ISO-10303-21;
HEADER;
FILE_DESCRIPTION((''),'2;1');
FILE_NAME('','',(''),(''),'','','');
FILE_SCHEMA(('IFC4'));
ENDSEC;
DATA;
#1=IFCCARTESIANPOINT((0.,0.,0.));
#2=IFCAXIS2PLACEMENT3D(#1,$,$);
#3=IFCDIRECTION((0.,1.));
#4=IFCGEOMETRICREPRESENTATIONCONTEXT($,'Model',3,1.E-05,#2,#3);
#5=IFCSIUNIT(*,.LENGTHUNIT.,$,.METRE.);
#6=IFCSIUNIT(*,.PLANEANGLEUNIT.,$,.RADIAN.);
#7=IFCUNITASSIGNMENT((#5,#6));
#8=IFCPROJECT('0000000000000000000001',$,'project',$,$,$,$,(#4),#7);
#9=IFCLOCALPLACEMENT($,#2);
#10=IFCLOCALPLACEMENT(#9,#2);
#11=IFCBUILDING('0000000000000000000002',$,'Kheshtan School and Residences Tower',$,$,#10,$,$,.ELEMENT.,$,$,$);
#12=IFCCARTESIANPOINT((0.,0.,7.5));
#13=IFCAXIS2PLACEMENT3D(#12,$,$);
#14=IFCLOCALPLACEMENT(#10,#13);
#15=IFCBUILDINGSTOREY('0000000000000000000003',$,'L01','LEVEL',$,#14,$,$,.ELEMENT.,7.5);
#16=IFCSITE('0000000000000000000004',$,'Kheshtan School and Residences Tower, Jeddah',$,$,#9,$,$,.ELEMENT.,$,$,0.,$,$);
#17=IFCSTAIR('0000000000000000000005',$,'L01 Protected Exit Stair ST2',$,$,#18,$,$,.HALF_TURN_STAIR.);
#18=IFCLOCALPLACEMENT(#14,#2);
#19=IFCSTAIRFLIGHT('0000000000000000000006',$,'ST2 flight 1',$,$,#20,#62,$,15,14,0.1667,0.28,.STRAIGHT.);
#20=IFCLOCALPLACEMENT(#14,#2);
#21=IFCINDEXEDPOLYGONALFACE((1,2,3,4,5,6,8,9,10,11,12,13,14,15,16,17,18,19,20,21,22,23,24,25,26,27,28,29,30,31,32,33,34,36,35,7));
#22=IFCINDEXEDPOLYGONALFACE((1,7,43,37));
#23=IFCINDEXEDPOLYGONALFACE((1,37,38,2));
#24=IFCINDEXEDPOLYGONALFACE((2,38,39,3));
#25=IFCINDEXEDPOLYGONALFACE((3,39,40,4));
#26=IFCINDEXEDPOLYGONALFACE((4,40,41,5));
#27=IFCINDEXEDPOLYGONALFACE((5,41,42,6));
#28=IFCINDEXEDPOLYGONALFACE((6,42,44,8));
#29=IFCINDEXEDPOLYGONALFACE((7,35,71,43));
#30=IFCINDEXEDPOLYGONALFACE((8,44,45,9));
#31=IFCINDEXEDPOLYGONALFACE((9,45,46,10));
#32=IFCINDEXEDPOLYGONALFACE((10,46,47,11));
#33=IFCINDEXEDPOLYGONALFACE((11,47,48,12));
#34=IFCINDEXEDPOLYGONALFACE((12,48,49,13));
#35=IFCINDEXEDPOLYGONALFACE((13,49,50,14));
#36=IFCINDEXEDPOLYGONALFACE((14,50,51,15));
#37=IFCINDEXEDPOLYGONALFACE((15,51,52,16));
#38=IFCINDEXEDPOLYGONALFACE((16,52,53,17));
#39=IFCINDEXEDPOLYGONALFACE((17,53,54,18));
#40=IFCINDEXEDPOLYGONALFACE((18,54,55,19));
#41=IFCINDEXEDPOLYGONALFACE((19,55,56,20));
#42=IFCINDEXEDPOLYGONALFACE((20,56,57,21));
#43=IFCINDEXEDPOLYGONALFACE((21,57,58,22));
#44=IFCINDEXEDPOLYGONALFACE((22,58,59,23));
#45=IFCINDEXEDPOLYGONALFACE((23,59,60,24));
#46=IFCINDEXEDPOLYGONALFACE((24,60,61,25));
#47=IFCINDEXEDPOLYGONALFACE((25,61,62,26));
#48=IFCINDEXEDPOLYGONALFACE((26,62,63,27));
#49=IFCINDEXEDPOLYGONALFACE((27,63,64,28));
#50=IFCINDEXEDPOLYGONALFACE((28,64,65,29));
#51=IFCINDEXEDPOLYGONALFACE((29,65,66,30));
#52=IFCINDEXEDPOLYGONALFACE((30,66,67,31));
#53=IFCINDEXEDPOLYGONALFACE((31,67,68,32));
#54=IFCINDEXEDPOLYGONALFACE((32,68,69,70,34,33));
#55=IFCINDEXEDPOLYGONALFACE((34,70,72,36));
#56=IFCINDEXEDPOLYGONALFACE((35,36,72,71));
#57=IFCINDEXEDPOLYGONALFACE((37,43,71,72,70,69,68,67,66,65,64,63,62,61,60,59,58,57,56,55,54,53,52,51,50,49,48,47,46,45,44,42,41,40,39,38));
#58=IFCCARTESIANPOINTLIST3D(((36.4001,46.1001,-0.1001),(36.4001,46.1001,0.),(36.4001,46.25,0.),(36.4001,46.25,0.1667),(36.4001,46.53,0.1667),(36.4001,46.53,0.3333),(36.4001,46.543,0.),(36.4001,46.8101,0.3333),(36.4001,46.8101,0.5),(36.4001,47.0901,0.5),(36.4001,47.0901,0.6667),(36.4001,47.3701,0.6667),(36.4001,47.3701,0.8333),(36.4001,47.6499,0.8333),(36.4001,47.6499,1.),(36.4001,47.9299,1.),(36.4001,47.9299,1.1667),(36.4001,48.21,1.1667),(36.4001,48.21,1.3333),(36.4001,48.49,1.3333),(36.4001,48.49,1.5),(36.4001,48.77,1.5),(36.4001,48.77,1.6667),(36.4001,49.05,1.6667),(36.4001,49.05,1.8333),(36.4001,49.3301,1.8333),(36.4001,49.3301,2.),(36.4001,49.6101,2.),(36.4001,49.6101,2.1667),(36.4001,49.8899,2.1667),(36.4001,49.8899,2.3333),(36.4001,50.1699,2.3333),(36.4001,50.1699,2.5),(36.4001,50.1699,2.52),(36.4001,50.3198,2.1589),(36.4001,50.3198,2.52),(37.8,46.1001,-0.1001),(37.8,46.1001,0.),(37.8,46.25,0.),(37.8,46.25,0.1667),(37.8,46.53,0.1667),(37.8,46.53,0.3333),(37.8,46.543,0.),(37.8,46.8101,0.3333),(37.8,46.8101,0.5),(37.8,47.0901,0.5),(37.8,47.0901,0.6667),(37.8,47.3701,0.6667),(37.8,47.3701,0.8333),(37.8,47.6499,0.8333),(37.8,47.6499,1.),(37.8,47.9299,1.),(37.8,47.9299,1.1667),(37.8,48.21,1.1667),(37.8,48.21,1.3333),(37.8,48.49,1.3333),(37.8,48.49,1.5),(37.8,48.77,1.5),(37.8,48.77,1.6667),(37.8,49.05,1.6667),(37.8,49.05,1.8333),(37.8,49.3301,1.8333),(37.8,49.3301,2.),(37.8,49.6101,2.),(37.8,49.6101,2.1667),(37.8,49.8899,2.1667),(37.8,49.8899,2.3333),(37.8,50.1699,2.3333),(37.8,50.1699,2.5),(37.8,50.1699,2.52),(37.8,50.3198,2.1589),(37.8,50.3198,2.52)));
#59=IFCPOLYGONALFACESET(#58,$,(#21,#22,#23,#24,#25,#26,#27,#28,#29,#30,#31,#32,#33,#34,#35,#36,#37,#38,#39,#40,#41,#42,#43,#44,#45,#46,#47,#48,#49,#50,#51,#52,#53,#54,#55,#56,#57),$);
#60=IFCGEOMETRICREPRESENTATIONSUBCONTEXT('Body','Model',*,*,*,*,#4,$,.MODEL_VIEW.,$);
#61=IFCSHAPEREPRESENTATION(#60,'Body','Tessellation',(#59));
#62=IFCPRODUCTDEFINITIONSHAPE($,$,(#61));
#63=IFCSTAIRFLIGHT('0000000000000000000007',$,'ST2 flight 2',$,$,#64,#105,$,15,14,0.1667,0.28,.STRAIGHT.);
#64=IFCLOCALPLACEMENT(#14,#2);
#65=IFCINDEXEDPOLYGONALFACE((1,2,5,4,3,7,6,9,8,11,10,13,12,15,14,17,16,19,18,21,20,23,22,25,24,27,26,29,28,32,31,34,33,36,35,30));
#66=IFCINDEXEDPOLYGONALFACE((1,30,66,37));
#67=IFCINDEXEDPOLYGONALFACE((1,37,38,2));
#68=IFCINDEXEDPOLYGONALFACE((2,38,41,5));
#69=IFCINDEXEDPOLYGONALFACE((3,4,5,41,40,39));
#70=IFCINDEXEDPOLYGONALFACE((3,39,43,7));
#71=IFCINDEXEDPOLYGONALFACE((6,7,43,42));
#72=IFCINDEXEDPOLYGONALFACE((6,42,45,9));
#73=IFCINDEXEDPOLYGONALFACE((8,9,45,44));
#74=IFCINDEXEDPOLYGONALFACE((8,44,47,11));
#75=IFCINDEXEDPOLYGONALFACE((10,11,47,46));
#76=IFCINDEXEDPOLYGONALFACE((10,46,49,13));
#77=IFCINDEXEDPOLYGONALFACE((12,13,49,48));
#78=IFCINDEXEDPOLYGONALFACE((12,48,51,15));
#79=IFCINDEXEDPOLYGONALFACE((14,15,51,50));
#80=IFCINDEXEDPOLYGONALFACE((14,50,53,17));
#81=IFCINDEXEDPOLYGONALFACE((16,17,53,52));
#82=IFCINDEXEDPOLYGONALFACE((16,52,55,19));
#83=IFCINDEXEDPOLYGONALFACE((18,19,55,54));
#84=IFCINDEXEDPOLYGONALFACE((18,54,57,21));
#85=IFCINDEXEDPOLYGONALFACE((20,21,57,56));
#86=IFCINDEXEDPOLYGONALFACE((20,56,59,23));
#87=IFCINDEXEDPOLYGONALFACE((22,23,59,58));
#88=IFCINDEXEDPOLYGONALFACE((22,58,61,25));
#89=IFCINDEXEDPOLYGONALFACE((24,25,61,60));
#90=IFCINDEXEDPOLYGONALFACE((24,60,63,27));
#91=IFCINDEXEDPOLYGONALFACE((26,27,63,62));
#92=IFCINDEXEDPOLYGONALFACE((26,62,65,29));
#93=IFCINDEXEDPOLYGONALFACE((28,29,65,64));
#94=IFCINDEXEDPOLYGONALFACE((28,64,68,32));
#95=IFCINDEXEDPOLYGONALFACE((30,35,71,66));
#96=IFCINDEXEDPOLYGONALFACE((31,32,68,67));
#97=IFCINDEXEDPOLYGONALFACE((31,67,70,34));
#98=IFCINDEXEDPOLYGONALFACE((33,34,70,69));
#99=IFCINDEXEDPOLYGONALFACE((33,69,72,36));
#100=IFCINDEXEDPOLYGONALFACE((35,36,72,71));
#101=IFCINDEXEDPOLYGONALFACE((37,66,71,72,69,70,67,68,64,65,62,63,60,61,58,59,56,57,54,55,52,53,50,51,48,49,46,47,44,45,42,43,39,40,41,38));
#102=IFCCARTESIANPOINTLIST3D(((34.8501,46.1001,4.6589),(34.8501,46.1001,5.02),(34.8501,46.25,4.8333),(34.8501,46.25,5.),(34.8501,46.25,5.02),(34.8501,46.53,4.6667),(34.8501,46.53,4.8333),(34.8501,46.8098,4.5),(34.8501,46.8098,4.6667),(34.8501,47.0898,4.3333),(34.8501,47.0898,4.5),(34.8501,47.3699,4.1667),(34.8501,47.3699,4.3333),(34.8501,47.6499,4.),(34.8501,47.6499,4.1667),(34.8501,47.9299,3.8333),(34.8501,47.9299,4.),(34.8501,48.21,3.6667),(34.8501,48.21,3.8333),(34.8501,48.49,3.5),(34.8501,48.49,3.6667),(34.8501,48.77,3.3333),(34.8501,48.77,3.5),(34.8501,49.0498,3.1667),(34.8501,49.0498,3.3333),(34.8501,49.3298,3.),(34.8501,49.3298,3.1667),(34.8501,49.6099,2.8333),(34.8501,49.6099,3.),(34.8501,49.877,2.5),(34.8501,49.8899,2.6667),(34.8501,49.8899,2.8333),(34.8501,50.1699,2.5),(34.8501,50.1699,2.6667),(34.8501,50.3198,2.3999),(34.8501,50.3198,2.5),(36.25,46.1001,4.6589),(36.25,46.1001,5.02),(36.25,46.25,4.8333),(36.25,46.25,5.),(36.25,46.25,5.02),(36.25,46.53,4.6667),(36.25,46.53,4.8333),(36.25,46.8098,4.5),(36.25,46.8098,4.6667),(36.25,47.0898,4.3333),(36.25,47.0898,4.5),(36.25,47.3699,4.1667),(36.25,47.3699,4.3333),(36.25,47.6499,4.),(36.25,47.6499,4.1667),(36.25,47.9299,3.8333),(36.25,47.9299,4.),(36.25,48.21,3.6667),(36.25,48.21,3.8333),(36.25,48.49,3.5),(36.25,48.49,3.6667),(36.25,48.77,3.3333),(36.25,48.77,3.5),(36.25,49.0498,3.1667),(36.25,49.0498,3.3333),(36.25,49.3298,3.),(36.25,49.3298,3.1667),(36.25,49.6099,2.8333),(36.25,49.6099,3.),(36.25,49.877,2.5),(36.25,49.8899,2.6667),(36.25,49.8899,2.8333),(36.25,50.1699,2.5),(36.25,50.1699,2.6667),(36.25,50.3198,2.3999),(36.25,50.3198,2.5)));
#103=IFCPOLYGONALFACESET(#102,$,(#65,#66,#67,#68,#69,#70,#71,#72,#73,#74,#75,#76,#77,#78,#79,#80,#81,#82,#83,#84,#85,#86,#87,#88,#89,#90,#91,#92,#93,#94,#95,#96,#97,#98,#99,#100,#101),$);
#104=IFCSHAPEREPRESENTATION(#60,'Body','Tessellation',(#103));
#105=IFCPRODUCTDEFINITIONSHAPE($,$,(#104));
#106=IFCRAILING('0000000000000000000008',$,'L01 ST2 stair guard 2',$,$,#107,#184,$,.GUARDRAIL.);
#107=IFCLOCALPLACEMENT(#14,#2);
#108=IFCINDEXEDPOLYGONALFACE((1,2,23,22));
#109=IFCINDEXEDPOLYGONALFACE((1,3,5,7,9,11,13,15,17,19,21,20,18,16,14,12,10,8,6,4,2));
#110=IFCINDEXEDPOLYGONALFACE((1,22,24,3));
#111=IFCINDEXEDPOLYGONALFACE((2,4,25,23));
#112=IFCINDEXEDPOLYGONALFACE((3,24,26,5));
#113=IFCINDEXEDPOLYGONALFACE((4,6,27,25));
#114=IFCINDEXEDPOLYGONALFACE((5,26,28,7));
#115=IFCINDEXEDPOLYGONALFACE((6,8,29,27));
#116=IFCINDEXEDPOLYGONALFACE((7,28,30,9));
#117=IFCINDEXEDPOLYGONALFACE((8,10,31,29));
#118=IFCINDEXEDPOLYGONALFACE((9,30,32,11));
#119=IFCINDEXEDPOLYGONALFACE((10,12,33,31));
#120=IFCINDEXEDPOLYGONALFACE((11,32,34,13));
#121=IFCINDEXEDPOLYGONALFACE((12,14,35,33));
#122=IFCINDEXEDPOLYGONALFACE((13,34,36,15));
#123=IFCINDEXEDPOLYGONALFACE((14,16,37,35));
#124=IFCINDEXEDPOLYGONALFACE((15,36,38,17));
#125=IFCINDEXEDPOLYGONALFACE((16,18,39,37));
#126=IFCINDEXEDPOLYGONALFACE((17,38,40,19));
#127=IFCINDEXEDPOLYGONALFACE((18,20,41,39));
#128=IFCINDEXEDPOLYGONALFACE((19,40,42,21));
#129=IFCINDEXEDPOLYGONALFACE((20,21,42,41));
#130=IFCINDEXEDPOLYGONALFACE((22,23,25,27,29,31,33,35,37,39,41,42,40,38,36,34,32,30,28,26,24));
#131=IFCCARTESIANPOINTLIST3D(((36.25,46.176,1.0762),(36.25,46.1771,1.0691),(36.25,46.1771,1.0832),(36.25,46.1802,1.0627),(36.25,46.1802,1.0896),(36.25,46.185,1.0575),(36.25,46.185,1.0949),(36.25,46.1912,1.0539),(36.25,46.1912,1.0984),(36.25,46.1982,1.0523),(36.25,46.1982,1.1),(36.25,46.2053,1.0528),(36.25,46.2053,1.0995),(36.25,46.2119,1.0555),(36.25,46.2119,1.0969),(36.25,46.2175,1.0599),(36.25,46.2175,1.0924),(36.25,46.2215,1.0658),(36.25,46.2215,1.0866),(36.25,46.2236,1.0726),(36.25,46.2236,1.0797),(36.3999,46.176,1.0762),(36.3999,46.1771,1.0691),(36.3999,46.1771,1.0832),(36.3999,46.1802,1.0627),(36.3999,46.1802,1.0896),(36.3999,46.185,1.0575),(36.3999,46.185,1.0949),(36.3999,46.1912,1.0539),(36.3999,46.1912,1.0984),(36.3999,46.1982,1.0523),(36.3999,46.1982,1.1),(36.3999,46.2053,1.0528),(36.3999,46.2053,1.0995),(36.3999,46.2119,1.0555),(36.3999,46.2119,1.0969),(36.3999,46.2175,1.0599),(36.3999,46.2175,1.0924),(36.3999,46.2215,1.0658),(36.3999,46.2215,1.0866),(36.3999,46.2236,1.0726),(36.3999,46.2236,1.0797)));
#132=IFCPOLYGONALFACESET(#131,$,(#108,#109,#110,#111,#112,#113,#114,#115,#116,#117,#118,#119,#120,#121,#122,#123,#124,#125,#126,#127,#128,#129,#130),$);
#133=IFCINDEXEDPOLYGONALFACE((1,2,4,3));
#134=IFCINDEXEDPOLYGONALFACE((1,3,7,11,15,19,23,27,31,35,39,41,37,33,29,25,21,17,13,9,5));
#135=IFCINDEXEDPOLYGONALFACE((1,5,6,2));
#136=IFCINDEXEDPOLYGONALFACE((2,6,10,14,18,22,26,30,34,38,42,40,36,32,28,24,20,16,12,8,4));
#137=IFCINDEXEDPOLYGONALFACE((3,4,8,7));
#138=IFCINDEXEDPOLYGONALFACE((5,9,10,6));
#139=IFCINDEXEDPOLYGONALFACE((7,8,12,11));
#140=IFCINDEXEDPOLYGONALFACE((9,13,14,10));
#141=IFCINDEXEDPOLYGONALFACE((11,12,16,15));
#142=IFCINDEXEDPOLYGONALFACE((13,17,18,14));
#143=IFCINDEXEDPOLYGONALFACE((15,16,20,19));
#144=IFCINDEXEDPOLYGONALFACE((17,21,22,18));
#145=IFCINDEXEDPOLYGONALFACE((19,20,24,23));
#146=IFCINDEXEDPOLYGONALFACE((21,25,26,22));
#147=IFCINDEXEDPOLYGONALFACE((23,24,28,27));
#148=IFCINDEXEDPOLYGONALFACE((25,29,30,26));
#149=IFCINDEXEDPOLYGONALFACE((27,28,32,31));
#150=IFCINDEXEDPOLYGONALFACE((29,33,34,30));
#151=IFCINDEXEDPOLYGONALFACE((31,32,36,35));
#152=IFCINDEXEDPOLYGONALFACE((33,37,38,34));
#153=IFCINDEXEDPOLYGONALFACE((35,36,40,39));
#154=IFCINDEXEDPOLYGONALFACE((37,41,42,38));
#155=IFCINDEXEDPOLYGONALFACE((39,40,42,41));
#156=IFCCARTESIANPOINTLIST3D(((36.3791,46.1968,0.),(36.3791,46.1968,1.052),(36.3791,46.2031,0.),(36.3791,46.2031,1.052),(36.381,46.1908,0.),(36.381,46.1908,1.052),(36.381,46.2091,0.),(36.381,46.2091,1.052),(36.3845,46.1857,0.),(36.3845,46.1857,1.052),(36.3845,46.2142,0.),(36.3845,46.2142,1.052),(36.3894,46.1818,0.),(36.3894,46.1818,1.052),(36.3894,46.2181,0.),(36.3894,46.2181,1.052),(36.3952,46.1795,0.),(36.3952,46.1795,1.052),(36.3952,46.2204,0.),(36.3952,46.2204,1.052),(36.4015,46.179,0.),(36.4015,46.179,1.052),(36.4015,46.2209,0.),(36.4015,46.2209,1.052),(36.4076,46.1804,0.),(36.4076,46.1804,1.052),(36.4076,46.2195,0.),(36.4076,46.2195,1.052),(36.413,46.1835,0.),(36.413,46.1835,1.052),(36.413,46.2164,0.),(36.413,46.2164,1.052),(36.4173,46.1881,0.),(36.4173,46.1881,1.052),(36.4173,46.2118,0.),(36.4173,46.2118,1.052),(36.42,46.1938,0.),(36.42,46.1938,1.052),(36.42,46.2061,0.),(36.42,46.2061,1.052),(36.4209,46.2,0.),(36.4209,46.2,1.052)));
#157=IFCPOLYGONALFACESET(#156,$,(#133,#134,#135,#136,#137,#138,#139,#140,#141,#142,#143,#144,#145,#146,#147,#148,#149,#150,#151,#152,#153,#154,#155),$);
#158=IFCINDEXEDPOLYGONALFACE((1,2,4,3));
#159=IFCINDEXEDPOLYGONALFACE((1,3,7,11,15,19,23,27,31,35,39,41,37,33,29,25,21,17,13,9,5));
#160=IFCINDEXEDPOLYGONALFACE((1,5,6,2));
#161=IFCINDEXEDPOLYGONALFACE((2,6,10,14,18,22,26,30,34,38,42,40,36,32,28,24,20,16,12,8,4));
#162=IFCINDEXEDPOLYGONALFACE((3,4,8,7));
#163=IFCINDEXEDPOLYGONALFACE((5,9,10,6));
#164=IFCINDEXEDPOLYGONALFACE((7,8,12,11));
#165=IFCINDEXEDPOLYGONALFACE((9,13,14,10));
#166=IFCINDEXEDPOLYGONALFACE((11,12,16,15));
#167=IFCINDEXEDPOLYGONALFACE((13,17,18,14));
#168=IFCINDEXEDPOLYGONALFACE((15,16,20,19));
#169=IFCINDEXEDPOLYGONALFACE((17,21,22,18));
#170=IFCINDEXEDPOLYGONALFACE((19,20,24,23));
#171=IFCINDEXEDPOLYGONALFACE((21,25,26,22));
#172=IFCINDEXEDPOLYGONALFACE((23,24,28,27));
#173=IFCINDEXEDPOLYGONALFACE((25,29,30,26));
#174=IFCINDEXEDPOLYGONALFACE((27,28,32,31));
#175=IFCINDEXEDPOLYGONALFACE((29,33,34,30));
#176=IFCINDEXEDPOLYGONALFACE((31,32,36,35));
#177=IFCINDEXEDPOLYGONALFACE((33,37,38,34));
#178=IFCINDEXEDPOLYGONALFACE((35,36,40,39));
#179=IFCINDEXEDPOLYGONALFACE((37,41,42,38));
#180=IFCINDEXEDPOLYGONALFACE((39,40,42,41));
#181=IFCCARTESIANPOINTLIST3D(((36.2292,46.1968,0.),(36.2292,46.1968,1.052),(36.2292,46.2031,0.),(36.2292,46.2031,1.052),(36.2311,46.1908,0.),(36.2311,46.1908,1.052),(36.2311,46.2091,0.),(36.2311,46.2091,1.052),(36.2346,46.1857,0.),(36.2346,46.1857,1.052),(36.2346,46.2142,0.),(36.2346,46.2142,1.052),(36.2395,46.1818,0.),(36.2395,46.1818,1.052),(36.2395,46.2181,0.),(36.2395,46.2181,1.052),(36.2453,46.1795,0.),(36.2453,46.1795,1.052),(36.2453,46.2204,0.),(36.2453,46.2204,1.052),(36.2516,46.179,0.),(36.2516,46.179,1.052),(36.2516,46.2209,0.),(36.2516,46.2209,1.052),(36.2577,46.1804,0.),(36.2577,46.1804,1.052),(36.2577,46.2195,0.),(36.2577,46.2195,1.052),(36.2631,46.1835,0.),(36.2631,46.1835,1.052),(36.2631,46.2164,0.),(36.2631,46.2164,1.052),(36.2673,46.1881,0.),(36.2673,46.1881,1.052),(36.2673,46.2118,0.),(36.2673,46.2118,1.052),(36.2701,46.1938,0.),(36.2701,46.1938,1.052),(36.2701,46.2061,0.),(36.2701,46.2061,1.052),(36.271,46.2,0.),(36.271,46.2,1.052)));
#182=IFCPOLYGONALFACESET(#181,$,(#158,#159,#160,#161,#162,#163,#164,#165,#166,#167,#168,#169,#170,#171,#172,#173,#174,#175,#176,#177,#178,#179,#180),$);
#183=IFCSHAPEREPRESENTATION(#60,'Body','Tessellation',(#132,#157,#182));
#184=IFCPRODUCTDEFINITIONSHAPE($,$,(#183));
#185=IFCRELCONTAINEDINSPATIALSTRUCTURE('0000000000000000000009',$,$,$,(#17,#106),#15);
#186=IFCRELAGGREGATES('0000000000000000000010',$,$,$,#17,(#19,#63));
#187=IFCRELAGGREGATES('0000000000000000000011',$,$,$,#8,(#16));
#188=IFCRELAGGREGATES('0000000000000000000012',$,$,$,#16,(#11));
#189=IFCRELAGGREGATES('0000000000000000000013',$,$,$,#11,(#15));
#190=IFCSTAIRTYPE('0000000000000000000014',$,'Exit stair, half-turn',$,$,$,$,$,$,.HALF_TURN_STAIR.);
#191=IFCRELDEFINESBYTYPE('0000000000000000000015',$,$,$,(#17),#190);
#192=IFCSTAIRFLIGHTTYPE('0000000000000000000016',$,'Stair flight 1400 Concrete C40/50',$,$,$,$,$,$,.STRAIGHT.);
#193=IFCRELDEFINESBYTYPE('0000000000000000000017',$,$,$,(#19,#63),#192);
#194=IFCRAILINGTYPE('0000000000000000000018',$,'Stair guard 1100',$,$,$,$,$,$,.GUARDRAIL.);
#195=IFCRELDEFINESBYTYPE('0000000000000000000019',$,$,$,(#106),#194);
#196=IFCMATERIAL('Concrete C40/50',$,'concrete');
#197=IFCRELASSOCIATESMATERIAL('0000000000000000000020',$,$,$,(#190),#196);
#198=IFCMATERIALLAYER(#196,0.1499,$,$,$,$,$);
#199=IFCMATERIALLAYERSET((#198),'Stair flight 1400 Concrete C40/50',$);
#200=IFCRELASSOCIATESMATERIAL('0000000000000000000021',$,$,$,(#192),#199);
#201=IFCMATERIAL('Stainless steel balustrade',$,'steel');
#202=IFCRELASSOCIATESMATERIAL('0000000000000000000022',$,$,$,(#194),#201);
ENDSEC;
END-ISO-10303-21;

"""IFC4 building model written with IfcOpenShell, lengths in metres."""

from ifc_helpers import new_model, si_unit, direction, frame, origin, origin_2d, place, context, subcontext, project, spatial, polyline, circle, outline, extrude, material, layer, layer_set, type_object, element, aggregate, save


model = new_model("IFC4")

# Units and contexts
model_context = context("Model", 3, precision=1e-05, world=origin(), true_north=direction((0.0, 1.0)))
body_context = subcontext(model_context, "Body", "Model", "MODEL_VIEW")
ifc_project = project(units=[si_unit("LENGTHUNIT", "METRE"), si_unit("PLANEANGLEUNIT", "RADIAN")], contexts=[model_context])

# Site, building, storey
site_placement = place(None, origin())
site = spatial("IfcSite", under=ifc_project, at=site_placement, Name="Kheshtan School and Residences Tower, Jeddah", CompositionType="ELEMENT", RefElevation=0.0)
building_placement = place(site_placement, origin())
building = spatial("IfcBuilding", under=site, at=building_placement, Name="Kheshtan School and Residences Tower", CompositionType="ELEMENT")
storey_placement = place(building_placement, frame((0.0, 0.0, 7.5)))
storey = spatial("IfcBuildingStorey", under=building, at=storey_placement, Name="L01", Description="LEVEL", CompositionType="ELEMENT", Elevation=7.5)

# Shared definitions
ifc_material_1 = material(Name="Concrete C40/50", Category="concrete")

# Stair, stair flights
stair_type = type_object("IfcStairType", Name="Exit stair, half-turn", PredefinedType="HALF_TURN_STAIR", material=ifc_material_1)
stair_placement = place(storey_placement, origin())
stair = element("IfcStair", 1, at=stair_placement, inside=storey, type_object=stair_type, Name="L01 Protected Exit Stair ST2", PredefinedType="HALF_TURN_STAIR")
ifc_layer_1 = layer(ifc_material_1, 0.1499)
ifc_layer_set_1 = layer_set([ifc_layer_1], Name="Stair flight 1400 Concrete C40/50")
stair_flight_type = type_object("IfcStairFlightType", Name="Stair flight 1400 Concrete C40/50", PredefinedType="STRAIGHT", material=ifc_layer_set_1)
stair_flight_1_placement = place(storey_placement, frame((37.1001, 46.25, 0.0), z_axis=(0.0, 0.0, 1.0), x_axis=(0.0, 1.0, 0.0)))
stair_flight_1 = element("IfcStairFlight", 2, at=stair_flight_1_placement, type_object=stair_flight_type, Name="ST2 flight 1", NumberOfRisers=15, NumberOfTreads=14, PredefinedType="STRAIGHT", RiserHeight=0.1667, TreadLength=0.28, context=body_context, shape_type="SweptSolid", body=[
    extrude(outline(polyline([(-0.1499, -0.1001), (-0.1499, 0.0), (0.0, 0.0), (0.0, 0.1667), (0.28, 0.1667), (0.28, 0.3333), (0.5601, 0.3333), (0.5601, 0.5), (0.8401, 0.5), (0.8401, 0.6667), (1.1201, 0.6667), (1.1201, 0.8333), (1.3999, 0.8333), (1.3999, 1.0), (1.6799, 1.0), (1.6799, 1.1667), (1.96, 1.1667), (1.96, 1.3333), (2.24, 1.3333), (2.24, 1.5), (2.52, 1.5), (2.52, 1.6667), (2.8, 1.6667), (2.8, 1.8333), (3.0801, 1.8333), (3.0801, 2.0), (3.3601, 2.0), (3.3601, 2.1667), (3.6399, 2.1667), (3.6399, 2.3333), (3.9199, 2.3333), (3.9199, 2.5), (3.9199, 2.52), (4.0698, 2.52), (4.0698, 2.1589), (0.293, 0.0), (-0.1499, -0.1001)])), frame((0.0, 0.7, 0.0), z_axis=(0.0, -1.0, 0.0), x_axis=(1.0, 0.0, 0.0)), (0.0, 0.0, 1.0), 1.3999),
])
stair_flight_2_placement = place(storey_placement, frame((35.55, 50.1699, 2.5), z_axis=(0.0, 0.0, 1.0), x_axis=(0.0, -1.0, 0.0)))
stair_flight_2 = element("IfcStairFlight", 3, at=stair_flight_2_placement, type_object=stair_flight_type, Name="ST2 flight 2", NumberOfRisers=15, NumberOfTreads=14, PredefinedType="STRAIGHT", RiserHeight=0.1667, TreadLength=0.28, context=body_context, shape_type="SweptSolid", body=[
    extrude(outline(polyline([(-0.1499, -0.1001), (-0.1499, 0.0), (0.0, 0.0), (0.0, 0.1667), (0.28, 0.1667), (0.28, 0.3333), (0.5601, 0.3333), (0.5601, 0.5), (0.8401, 0.5), (0.8401, 0.6667), (1.1201, 0.6667), (1.1201, 0.8333), (1.3999, 0.8333), (1.3999, 1.0), (1.6799, 1.0), (1.6799, 1.1667), (1.96, 1.1667), (1.96, 1.3333), (2.24, 1.3333), (2.24, 1.5), (2.52, 1.5), (2.52, 1.6667), (2.8, 1.6667), (2.8, 1.8333), (3.0801, 1.8333), (3.0801, 2.0), (3.3601, 2.0), (3.3601, 2.1667), (3.6399, 2.1667), (3.6399, 2.3333), (3.9199, 2.3333), (3.9199, 2.5), (3.9199, 2.52), (4.0698, 2.52), (4.0698, 2.1589), (0.293, 0.0), (-0.1499, -0.1001)])), frame((0.0, 0.7, 0.0), z_axis=(0.0, -1.0, 0.0), x_axis=(1.0, 0.0, 0.0)), (0.0, 0.0, 1.0), 1.3999),
])
aggregate(stair, [stair_flight_1, stair_flight_2])

# Railing
ifc_material_2 = material(Name="Stainless steel balustrade", Category="steel")
railing_type_1 = type_object("IfcRailingType", Name="Stair guard 1100", PredefinedType="GUARDRAIL", material=ifc_material_2)
railing_1_placement = place(storey_placement, frame((36.3999, 46.2, 0.0)))
element("IfcRailing", 4, at=railing_1_placement, inside=storey, type_object=railing_type_1, Name="L01 ST2 stair guard 2", PredefinedType="GUARDRAIL", context=body_context, shape_type="SweptSolid", body=[
    extrude(circle(Radius=0.0239, at=origin_2d()), frame((0.0, 0.0, 1.0762), z_axis=(-1.0, 0.0, 0.0), x_axis=(0.0, -1.0, 0.0)), (0.0, 0.0, 1.0), 0.1499),
    extrude(circle(Radius=0.021, at=origin_2d()), origin(), (0.0, 0.0, 1.0), 1.052),
    extrude(circle(Radius=0.021, at=origin_2d()), frame((-0.1499, 0.0, 0.0)), (0.0, 0.0, 1.0), 1.052),
])

save(model, "model.ifc")
